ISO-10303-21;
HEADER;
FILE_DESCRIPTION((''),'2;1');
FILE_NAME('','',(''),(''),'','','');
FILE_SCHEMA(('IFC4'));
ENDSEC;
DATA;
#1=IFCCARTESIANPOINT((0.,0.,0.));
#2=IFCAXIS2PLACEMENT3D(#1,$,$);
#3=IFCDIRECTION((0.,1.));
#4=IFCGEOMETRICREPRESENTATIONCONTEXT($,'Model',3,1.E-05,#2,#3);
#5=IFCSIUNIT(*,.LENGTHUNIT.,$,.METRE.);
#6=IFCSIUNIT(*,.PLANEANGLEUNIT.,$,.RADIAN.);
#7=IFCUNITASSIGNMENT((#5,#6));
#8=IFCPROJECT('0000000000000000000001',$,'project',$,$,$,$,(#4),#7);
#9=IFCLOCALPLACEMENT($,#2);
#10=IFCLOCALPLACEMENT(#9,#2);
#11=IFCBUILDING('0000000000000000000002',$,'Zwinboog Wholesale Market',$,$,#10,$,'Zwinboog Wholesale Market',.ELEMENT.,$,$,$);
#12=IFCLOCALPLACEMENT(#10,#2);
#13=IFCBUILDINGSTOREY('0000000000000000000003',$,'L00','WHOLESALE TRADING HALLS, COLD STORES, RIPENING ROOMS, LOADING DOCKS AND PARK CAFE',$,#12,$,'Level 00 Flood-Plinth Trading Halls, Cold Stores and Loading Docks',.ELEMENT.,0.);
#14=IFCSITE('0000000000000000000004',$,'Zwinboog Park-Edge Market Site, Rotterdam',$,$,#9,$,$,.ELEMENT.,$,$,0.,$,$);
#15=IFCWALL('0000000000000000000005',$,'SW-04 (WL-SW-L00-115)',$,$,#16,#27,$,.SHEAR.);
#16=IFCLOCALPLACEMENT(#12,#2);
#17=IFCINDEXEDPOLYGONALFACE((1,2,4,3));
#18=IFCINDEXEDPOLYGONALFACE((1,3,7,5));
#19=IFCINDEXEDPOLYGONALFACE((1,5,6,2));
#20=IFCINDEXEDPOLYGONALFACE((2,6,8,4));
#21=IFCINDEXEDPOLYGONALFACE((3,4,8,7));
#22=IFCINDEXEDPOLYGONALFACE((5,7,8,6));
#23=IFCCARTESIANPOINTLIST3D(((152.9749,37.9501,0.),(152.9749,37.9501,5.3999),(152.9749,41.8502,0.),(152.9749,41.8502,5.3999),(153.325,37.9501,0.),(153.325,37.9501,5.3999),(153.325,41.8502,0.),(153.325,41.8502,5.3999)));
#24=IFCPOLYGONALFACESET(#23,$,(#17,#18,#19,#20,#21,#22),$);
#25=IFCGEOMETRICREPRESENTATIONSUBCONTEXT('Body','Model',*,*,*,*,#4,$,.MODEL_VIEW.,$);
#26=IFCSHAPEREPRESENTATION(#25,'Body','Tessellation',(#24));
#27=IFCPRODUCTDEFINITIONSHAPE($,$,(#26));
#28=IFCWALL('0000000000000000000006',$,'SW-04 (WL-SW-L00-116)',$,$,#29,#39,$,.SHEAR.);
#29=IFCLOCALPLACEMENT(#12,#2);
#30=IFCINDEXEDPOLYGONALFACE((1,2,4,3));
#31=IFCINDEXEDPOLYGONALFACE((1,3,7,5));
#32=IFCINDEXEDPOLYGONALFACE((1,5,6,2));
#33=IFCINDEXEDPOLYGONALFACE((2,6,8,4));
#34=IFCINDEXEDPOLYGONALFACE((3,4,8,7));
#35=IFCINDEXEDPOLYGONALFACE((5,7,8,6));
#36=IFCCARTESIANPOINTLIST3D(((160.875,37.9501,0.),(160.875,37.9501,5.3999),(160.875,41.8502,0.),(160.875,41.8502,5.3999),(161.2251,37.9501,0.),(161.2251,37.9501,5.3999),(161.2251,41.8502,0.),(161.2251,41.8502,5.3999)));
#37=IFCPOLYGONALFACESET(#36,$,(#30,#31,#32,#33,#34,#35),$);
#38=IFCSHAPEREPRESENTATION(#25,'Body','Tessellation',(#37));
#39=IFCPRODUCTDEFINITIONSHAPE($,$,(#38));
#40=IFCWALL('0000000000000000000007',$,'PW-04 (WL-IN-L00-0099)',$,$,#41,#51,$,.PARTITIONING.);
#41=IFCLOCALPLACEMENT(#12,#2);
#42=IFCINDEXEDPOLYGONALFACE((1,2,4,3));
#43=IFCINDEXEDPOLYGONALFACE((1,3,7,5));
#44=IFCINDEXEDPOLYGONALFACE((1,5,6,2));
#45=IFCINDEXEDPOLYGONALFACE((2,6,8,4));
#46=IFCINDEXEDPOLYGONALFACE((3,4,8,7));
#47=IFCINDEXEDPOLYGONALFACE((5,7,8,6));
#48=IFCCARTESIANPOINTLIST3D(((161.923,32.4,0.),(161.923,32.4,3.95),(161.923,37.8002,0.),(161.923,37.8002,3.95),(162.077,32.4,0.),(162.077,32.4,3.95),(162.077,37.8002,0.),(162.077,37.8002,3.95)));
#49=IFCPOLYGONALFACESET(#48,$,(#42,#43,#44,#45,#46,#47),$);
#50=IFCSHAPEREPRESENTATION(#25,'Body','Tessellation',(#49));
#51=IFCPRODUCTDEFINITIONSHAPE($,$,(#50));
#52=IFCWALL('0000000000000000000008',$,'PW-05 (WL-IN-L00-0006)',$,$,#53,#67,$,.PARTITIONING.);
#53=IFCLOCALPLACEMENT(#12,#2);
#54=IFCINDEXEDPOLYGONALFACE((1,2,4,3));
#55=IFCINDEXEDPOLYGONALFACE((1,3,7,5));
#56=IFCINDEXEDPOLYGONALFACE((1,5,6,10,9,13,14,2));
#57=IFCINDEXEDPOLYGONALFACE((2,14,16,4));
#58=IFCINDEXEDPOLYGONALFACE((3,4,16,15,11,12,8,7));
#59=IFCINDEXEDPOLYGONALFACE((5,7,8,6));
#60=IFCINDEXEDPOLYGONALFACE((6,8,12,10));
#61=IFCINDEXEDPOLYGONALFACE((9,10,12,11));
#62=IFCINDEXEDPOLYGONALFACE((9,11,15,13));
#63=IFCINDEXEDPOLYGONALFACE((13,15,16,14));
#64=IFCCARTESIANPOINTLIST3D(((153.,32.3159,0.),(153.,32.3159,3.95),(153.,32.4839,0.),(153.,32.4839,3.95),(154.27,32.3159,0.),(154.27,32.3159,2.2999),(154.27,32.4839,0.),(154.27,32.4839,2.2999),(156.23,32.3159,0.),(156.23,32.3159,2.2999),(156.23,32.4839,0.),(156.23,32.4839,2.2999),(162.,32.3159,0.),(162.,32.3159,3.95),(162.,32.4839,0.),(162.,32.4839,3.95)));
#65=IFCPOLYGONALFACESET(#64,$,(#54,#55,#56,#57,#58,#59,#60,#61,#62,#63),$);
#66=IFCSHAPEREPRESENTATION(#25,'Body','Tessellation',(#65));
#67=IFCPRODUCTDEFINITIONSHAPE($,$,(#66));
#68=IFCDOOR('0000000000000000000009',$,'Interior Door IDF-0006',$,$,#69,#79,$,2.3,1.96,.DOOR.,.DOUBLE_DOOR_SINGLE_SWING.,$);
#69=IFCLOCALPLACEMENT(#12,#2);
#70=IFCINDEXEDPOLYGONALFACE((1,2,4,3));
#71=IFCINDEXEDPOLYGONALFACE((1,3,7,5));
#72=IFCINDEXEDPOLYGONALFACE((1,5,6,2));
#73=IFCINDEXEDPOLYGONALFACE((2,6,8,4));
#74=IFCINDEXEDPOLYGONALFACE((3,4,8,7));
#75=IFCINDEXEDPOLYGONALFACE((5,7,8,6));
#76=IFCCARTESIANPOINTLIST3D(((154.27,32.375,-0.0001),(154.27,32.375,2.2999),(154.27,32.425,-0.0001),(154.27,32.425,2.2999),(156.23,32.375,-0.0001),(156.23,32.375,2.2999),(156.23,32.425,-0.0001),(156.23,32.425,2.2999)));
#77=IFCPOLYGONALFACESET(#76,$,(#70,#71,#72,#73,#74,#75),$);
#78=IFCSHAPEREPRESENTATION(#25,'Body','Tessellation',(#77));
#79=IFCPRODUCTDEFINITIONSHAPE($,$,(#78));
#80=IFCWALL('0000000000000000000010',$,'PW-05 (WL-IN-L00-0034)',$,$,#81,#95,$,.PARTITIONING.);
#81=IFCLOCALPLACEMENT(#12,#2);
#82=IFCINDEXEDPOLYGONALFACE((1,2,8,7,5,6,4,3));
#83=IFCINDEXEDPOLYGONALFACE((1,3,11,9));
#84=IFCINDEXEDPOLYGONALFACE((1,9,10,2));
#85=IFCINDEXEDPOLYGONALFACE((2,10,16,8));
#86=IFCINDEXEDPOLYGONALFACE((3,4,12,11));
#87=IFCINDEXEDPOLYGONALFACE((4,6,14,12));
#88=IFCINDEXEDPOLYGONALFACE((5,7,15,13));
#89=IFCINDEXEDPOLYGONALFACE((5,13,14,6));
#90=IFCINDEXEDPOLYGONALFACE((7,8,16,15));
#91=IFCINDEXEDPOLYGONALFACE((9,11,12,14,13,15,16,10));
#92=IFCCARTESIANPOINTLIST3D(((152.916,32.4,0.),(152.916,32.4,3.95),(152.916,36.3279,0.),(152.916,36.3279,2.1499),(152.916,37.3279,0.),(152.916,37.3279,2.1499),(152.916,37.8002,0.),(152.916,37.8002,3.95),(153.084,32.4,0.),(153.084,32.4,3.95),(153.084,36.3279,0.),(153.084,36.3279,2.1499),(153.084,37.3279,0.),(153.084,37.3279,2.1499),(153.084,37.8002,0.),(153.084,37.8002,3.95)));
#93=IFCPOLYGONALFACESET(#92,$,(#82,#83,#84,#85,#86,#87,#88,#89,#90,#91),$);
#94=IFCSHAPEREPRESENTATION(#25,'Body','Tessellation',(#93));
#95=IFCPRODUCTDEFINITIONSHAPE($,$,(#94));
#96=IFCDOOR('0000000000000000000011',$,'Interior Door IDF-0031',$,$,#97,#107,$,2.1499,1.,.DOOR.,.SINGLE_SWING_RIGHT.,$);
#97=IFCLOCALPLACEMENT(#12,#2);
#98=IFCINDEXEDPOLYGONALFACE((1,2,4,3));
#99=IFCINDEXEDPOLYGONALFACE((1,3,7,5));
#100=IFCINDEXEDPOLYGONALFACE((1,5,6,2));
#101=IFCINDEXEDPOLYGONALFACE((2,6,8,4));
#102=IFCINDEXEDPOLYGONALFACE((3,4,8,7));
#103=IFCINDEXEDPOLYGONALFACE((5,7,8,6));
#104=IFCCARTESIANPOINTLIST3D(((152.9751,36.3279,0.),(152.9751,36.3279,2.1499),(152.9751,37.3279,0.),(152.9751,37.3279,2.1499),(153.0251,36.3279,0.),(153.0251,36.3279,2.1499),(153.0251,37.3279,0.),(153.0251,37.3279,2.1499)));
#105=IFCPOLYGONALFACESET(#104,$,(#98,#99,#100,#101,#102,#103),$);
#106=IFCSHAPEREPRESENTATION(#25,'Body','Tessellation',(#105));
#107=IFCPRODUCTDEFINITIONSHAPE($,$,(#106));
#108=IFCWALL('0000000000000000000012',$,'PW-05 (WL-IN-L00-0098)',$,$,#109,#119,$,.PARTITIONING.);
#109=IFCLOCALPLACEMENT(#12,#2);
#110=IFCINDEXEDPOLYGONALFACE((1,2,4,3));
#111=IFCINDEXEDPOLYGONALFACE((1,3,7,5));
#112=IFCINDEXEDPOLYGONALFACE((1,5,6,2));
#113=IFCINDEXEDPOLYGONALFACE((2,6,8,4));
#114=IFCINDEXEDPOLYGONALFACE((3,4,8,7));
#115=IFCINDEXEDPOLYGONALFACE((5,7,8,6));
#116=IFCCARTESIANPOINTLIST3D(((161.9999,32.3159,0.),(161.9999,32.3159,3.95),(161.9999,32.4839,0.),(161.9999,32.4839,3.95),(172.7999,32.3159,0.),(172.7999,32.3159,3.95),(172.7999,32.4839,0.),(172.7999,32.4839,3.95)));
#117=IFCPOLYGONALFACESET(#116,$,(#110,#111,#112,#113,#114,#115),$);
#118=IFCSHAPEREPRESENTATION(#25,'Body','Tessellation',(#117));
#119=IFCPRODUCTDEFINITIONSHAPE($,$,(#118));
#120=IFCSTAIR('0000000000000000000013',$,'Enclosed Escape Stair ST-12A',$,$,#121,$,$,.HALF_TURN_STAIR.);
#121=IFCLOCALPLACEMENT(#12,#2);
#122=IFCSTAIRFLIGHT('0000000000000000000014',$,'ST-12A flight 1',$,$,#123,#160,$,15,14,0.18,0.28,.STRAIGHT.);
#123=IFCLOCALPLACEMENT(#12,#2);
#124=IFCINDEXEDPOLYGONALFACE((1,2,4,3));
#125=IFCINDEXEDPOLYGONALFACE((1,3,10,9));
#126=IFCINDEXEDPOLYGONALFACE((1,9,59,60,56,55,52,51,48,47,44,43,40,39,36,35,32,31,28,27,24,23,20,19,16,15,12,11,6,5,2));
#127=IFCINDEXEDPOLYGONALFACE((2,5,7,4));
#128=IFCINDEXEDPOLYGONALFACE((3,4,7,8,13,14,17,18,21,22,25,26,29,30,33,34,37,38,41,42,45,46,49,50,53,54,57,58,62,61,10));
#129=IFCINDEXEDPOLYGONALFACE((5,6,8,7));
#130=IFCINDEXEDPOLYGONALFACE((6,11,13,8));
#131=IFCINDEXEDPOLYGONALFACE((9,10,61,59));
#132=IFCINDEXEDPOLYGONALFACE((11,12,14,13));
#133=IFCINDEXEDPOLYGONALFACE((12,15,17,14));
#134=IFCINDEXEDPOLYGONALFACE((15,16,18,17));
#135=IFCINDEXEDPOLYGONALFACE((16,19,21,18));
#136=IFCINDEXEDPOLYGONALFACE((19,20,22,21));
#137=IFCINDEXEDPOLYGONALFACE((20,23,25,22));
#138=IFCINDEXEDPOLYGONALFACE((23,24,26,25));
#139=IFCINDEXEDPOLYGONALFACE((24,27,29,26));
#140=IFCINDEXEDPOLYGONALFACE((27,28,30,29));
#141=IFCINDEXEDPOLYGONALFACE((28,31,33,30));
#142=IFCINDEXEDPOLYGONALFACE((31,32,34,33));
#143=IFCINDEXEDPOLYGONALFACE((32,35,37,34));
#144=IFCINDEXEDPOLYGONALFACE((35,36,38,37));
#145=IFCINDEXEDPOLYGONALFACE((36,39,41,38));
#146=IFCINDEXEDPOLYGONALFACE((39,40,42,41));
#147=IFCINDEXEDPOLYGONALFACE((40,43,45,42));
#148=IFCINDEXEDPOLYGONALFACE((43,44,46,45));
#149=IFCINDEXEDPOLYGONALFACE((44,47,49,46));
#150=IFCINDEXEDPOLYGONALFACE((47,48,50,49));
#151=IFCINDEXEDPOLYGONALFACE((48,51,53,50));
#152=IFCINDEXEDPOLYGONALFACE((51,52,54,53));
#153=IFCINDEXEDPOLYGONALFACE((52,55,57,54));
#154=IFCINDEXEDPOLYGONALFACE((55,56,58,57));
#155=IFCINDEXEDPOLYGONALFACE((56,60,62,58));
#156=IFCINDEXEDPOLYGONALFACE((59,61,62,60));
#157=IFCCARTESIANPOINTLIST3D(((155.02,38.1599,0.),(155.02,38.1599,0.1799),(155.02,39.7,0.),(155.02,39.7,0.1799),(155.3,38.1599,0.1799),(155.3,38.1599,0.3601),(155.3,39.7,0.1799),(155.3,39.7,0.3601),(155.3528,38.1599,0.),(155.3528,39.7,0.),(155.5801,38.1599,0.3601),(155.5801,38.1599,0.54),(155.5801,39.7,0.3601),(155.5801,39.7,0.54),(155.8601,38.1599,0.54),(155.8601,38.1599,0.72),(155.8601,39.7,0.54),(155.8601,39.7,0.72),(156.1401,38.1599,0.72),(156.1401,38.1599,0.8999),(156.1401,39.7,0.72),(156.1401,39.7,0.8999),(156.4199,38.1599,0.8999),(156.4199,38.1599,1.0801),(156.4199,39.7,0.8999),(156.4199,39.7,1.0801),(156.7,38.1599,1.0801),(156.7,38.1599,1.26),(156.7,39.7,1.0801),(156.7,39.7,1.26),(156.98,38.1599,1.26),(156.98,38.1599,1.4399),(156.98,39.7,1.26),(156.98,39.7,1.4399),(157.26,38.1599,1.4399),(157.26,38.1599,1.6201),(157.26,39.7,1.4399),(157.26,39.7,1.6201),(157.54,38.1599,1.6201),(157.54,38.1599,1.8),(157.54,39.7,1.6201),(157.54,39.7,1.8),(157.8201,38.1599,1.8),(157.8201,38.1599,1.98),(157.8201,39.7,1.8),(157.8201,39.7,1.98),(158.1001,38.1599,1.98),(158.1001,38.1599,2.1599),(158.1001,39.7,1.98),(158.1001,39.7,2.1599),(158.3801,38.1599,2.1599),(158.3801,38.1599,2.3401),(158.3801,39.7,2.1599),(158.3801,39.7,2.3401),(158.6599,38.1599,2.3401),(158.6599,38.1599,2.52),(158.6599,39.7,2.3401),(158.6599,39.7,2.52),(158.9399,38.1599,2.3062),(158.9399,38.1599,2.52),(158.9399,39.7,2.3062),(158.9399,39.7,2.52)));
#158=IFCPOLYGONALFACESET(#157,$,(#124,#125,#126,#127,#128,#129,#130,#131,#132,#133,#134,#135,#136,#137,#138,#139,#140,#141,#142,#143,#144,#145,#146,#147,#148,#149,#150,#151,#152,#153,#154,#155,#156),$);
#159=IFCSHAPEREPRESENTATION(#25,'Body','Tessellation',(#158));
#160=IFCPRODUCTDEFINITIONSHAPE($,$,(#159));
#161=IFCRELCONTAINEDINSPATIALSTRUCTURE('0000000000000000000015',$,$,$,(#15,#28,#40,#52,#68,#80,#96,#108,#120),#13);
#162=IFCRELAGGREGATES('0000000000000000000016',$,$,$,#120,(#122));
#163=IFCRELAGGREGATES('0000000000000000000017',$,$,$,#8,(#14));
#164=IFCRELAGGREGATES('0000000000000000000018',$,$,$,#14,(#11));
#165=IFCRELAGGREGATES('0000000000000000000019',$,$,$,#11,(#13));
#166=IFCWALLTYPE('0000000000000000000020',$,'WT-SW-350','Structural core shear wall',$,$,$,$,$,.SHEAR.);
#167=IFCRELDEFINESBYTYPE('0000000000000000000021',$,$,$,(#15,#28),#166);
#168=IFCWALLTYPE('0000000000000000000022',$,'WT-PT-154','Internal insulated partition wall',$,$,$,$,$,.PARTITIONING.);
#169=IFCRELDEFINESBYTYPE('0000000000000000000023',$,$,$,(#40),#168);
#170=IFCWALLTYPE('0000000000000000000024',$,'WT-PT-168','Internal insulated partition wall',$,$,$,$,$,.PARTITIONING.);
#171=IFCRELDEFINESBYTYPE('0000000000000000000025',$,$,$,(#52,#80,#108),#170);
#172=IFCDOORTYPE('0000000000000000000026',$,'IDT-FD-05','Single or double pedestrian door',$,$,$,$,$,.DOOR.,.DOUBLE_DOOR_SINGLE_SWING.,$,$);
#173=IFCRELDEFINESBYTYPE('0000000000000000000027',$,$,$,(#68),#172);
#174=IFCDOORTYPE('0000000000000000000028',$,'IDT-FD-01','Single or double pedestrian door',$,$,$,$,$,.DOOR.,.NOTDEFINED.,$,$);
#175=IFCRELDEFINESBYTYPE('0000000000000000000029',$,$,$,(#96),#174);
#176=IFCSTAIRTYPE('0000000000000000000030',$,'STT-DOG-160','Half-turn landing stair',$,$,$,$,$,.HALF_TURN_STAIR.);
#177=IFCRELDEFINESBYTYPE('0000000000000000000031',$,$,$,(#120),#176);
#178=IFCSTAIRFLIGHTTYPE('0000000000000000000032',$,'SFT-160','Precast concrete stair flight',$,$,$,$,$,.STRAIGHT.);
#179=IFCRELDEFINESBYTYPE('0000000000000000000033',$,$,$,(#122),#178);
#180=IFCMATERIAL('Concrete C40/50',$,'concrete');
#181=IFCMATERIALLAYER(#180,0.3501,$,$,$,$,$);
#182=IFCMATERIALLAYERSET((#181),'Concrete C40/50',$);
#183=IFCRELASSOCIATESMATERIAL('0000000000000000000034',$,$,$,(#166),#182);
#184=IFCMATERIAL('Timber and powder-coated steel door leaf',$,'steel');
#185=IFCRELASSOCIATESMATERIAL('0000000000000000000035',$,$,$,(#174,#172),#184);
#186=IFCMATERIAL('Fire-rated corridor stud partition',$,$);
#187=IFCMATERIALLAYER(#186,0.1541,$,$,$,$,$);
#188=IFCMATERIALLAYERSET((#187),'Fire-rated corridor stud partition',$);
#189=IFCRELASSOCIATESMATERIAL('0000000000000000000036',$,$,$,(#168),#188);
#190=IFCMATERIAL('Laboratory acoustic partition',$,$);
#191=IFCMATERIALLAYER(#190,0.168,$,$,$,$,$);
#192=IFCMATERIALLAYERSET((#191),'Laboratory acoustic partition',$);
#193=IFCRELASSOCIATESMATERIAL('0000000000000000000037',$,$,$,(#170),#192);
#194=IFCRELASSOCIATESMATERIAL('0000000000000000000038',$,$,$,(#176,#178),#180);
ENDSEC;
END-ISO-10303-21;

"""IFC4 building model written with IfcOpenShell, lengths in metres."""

from ifc_helpers import new_model, si_unit, direction, frame, frame_2d, origin, place, context, subcontext, project, spatial, polyline, rectangle, outline, extrude, material, layer, layer_set, type_object, element, fill, aggregate, save


model = new_model("IFC4")

# Units and contexts
model_context = context("Model", 3, precision=1e-05, world=origin(), true_north=direction((0.0, 1.0)))
body_context = subcontext(model_context, "Body", "Model", "MODEL_VIEW")
ifc_project = project(units=[si_unit("LENGTHUNIT", "METRE"), si_unit("PLANEANGLEUNIT", "RADIAN")], contexts=[model_context])

# Site, building, storey
site_placement = place(None, origin())
site = spatial("IfcSite", under=ifc_project, at=site_placement, Name="Zwinboog Park-Edge Market Site, Rotterdam", CompositionType="ELEMENT", RefElevation=0.0)
building_placement = place(site_placement, origin())
building = spatial("IfcBuilding", under=site, at=building_placement, Name="Zwinboog Wholesale Market", LongName="Zwinboog Wholesale Market", CompositionType="ELEMENT")
storey_placement = place(building_placement, origin())
storey = spatial("IfcBuildingStorey", under=building, at=storey_placement, Name="L00", Description="WHOLESALE TRADING HALLS, COLD STORES, RIPENING ROOMS, LOADING DOCKS AND PARK CAFE", LongName="Level 00 Flood-Plinth Trading Halls, Cold Stores and Loading Docks", CompositionType="ELEMENT", Elevation=0.0)

# Shared definitions
ifc_material_1 = material(Name="Concrete C40/50", Category="concrete")

# Shared definitions
ifc_layer_1 = layer(ifc_material_1, 0.3501)
ifc_layer_set_1 = layer_set([ifc_layer_1], Name="Concrete C40/50")
wall_type_1 = type_object("IfcWallType", Name="WT-SW-350", Description="Structural core shear wall", PredefinedType="SHEAR", material=ifc_layer_set_1)
ifc_material_2 = material(Name="Timber and powder-coated steel door leaf", Category="steel")
door_type_1 = type_object("IfcDoorType", Name="IDT-FD-01", Description="Single or double pedestrian door", OperationType="NOTDEFINED", PredefinedType="DOOR", material=ifc_material_2)

# Walls
for number, where, z_axis, x_axis, name in (
    (1, (153.1499, 37.95, 0.0), (0.0, 0.0, 1.0), (0.0, 1.0, 0.0), "SW-04 (WL-SW-L00-115)"),
    (2, (161.05, 37.95, 0.0), (0.0, 0.0, 1.0), (0.0, 1.0, 0.0), "SW-04 (WL-SW-L00-116)"),
):
    element("IfcWall", number, at=place(storey_placement, frame(where, z_axis=z_axis, x_axis=x_axis)), inside=storey, type_object=wall_type_1, Name=name, PredefinedType="SHEAR", context=body_context, shape_type="SweptSolid", body=[
        extrude(rectangle(XDim=3.9001, YDim=0.3501, at=frame_2d((1.9502, 0.0))), origin(), (0.0, 0.0, 1.0), 5.3999),
    ])
ifc_material_3 = material(Name="Fire-rated corridor stud partition")
ifc_layer_2 = layer(ifc_material_3, 0.1541)
ifc_layer_set_2 = layer_set([ifc_layer_2], Name="Fire-rated corridor stud partition")
wall_type_2 = type_object("IfcWallType", Name="WT-PT-154", Description="Internal insulated partition wall", PredefinedType="PARTITIONING", material=ifc_layer_set_2)
wall_1_placement = place(storey_placement, frame((162.0, 32.3999, 0.0), z_axis=(0.0, 0.0, 1.0), x_axis=(0.0, 1.0, 0.0)))
element("IfcWall", 3, at=wall_1_placement, inside=storey, type_object=wall_type_2, Name="PW-04 (WL-IN-L00-0099)", PredefinedType="PARTITIONING", context=body_context, shape_type="SweptSolid", body=[
    extrude(rectangle(XDim=5.4001, YDim=0.1541, at=frame_2d((2.7002, 0.0))), origin(), (0.0, 0.0, 1.0), 3.95),
])

# Walls, openings, doors
ifc_material_4 = material(Name="Laboratory acoustic partition")
ifc_layer_3 = layer(ifc_material_4, 0.168)
ifc_layer_set_3 = layer_set([ifc_layer_3], Name="Laboratory acoustic partition")
wall_type_3 = type_object("IfcWallType", Name="WT-PT-168", Description="Internal insulated partition wall", PredefinedType="PARTITIONING", material=ifc_layer_set_3)
wall_2_placement = place(storey_placement, frame((153.0, 32.3999, 0.0), z_axis=(0.0, 0.0, 1.0), x_axis=(1.0, 0.0, 0.0)))
wall_2 = element("IfcWall", 4, at=wall_2_placement, inside=storey, type_object=wall_type_3, Name="PW-05 (WL-IN-L00-0006)", PredefinedType="PARTITIONING", context=body_context, shape_type="SweptSolid", body=[
    extrude(rectangle(XDim=9.0, YDim=0.168, at=frame_2d((4.5, 0.0))), origin(), (0.0, 0.0, 1.0), 3.95),
])
opening_1_placement = place(wall_2_placement, frame((1.27, 0.0, 0.0)))
opening_1 = element("IfcOpeningElement", 5, at=opening_1_placement, cuts=wall_2, PredefinedType="OPENING", context=body_context, shape_type="SweptSolid", body=[
    extrude(rectangle(XDim=1.96, YDim=2.3, at=frame_2d((0.98, 1.1499))), frame((0.0, 0.094, 0.0), z_axis=(0.0, -1.0, 0.0), x_axis=(1.0, 0.0, 0.0)), (0.0, 0.0, 1.0), 0.188),
])
door_type_2 = type_object("IfcDoorType", Name="IDT-FD-05", Description="Single or double pedestrian door", OperationType="DOUBLE_DOOR_SINGLE_SWING", PredefinedType="DOOR", material=ifc_material_2)
door_1_placement = place(opening_1_placement, frame((1.96, 0.0, 0.0), z_axis=(0.0, 0.0, 1.0), x_axis=(-1.0, 0.0, 0.0)))
door_1 = element("IfcDoor", 6, at=door_1_placement, inside=storey, type_object=door_type_2, Name="Interior Door IDF-0006", OperationType="DOUBLE_DOOR_SINGLE_SWING", OverallHeight=2.3, OverallWidth=1.96, PredefinedType="DOOR", context=body_context, shape_type="SweptSolid", body=[
    extrude(rectangle(XDim=1.96, YDim=2.3, at=frame_2d((0.98, 1.1499))), frame((0.0, 0.0249, 0.0), z_axis=(0.0, -1.0, 0.0), x_axis=(1.0, 0.0, 0.0)), (0.0, 0.0, 1.0), 0.05),
])
fill(opening_1, door_1)
wall_3_placement = place(storey_placement, frame((153.0, 32.3999, 0.0), z_axis=(0.0, 0.0, 1.0), x_axis=(0.0, 1.0, 0.0)))
wall_3 = element("IfcWall", 7, at=wall_3_placement, inside=storey, type_object=wall_type_3, Name="PW-05 (WL-IN-L00-0034)", PredefinedType="PARTITIONING", context=body_context, shape_type="SweptSolid", body=[
    extrude(rectangle(XDim=5.4001, YDim=0.168, at=frame_2d((2.7002, 0.0))), origin(), (0.0, 0.0, 1.0), 3.95),
])
opening_2_placement = place(wall_3_placement, frame((3.928, 0.0, 0.0)))
opening_2 = element("IfcOpeningElement", 8, at=opening_2_placement, cuts=wall_3, PredefinedType="OPENING", context=body_context, shape_type="SweptSolid", body=[
    extrude(rectangle(XDim=1.0, YDim=2.1499, at=frame_2d((0.5, 1.075))), frame((0.0, 0.094, 0.0), z_axis=(0.0, -1.0, 0.0), x_axis=(1.0, 0.0, 0.0)), (0.0, 0.0, 1.0), 0.188),
])
door_2_placement = place(opening_2_placement, origin())
door_2 = element("IfcDoor", 9, at=door_2_placement, inside=storey, type_object=door_type_1, Name="Interior Door IDF-0031", OperationType="SINGLE_SWING_RIGHT", OverallHeight=2.1499, OverallWidth=1.0, PredefinedType="DOOR", context=body_context, shape_type="SweptSolid", body=[
    extrude(rectangle(XDim=1.0, YDim=2.1499, at=frame_2d((0.5, 1.075))), frame((0.0, 0.0249, 0.0), z_axis=(0.0, -1.0, 0.0), x_axis=(1.0, 0.0, 0.0)), (0.0, 0.0, 1.0), 0.05),
])
fill(opening_2, door_2)

# Wall
wall_4_placement = place(storey_placement, frame((162.0, 32.3999, 0.0), z_axis=(0.0, 0.0, 1.0), x_axis=(1.0, 0.0, 0.0)))
element("IfcWall", 10, at=wall_4_placement, inside=storey, type_object=wall_type_3, Name="PW-05 (WL-IN-L00-0098)", PredefinedType="PARTITIONING", context=body_context, shape_type="SweptSolid", body=[
    extrude(rectangle(XDim=10.8, YDim=0.168, at=frame_2d((5.3999, 0.0))), origin(), (0.0, 0.0, 1.0), 3.95),
])

# Stair, stair flight
stair_type = type_object("IfcStairType", Name="STT-DOG-160", Description="Half-turn landing stair", PredefinedType="HALF_TURN_STAIR", material=ifc_material_1)
stair_placement = place(storey_placement, origin())
stair = element("IfcStair", 11, at=stair_placement, inside=storey, type_object=stair_type, Name="Enclosed Escape Stair ST-12A", PredefinedType="HALF_TURN_STAIR")
stair_flight_type = type_object("IfcStairFlightType", Name="SFT-160", Description="Precast concrete stair flight", PredefinedType="STRAIGHT", material=ifc_material_1)
stair_flight_1_placement = place(storey_placement, frame((155.02, 38.9299, 0.0), z_axis=(0.0, 0.0, 1.0), x_axis=(1.0, 0.0, 0.0)))
stair_flight_1 = element("IfcStairFlight", 12, at=stair_flight_1_placement, type_object=stair_flight_type, Name="ST-12A flight 1", NumberOfRisers=15, NumberOfTreads=14, PredefinedType="STRAIGHT", RiserHeight=0.18, TreadLength=0.28, context=body_context, shape_type="SweptSolid", body=[
    extrude(outline(polyline([(0.0, 0.0), (0.0, 0.1799), (0.28, 0.1799), (0.28, 0.3601), (0.5601, 0.3601), (0.5601, 0.54), (0.8401, 0.54), (0.8401, 0.72), (1.1201, 0.72), (1.1201, 0.8999), (1.3999, 0.8999), (1.3999, 1.0801), (1.6799, 1.0801), (1.6799, 1.26), (1.96, 1.26), (1.96, 1.4399), (2.24, 1.4399), (2.24, 1.6201), (2.52, 1.6201), (2.52, 1.8), (2.8, 1.8), (2.8, 1.98), (3.0801, 1.98), (3.0801, 2.1599), (3.3601, 2.1599), (3.3601, 2.3401), (3.6399, 2.3401), (3.6399, 2.52), (3.9199, 2.52), (3.9199, 2.7), (3.9199, 2.3062), (0.3328, 0.0), (0.0, 0.0)])), frame((0.0, 0.77, 0.0), z_axis=(0.0, -1.0, 0.0), x_axis=(1.0, 0.0, 0.0)), (0.0, 0.0, 1.0), 1.54),
])
aggregate(stair, [stair_flight_1])

save(model, "model.ifc")
